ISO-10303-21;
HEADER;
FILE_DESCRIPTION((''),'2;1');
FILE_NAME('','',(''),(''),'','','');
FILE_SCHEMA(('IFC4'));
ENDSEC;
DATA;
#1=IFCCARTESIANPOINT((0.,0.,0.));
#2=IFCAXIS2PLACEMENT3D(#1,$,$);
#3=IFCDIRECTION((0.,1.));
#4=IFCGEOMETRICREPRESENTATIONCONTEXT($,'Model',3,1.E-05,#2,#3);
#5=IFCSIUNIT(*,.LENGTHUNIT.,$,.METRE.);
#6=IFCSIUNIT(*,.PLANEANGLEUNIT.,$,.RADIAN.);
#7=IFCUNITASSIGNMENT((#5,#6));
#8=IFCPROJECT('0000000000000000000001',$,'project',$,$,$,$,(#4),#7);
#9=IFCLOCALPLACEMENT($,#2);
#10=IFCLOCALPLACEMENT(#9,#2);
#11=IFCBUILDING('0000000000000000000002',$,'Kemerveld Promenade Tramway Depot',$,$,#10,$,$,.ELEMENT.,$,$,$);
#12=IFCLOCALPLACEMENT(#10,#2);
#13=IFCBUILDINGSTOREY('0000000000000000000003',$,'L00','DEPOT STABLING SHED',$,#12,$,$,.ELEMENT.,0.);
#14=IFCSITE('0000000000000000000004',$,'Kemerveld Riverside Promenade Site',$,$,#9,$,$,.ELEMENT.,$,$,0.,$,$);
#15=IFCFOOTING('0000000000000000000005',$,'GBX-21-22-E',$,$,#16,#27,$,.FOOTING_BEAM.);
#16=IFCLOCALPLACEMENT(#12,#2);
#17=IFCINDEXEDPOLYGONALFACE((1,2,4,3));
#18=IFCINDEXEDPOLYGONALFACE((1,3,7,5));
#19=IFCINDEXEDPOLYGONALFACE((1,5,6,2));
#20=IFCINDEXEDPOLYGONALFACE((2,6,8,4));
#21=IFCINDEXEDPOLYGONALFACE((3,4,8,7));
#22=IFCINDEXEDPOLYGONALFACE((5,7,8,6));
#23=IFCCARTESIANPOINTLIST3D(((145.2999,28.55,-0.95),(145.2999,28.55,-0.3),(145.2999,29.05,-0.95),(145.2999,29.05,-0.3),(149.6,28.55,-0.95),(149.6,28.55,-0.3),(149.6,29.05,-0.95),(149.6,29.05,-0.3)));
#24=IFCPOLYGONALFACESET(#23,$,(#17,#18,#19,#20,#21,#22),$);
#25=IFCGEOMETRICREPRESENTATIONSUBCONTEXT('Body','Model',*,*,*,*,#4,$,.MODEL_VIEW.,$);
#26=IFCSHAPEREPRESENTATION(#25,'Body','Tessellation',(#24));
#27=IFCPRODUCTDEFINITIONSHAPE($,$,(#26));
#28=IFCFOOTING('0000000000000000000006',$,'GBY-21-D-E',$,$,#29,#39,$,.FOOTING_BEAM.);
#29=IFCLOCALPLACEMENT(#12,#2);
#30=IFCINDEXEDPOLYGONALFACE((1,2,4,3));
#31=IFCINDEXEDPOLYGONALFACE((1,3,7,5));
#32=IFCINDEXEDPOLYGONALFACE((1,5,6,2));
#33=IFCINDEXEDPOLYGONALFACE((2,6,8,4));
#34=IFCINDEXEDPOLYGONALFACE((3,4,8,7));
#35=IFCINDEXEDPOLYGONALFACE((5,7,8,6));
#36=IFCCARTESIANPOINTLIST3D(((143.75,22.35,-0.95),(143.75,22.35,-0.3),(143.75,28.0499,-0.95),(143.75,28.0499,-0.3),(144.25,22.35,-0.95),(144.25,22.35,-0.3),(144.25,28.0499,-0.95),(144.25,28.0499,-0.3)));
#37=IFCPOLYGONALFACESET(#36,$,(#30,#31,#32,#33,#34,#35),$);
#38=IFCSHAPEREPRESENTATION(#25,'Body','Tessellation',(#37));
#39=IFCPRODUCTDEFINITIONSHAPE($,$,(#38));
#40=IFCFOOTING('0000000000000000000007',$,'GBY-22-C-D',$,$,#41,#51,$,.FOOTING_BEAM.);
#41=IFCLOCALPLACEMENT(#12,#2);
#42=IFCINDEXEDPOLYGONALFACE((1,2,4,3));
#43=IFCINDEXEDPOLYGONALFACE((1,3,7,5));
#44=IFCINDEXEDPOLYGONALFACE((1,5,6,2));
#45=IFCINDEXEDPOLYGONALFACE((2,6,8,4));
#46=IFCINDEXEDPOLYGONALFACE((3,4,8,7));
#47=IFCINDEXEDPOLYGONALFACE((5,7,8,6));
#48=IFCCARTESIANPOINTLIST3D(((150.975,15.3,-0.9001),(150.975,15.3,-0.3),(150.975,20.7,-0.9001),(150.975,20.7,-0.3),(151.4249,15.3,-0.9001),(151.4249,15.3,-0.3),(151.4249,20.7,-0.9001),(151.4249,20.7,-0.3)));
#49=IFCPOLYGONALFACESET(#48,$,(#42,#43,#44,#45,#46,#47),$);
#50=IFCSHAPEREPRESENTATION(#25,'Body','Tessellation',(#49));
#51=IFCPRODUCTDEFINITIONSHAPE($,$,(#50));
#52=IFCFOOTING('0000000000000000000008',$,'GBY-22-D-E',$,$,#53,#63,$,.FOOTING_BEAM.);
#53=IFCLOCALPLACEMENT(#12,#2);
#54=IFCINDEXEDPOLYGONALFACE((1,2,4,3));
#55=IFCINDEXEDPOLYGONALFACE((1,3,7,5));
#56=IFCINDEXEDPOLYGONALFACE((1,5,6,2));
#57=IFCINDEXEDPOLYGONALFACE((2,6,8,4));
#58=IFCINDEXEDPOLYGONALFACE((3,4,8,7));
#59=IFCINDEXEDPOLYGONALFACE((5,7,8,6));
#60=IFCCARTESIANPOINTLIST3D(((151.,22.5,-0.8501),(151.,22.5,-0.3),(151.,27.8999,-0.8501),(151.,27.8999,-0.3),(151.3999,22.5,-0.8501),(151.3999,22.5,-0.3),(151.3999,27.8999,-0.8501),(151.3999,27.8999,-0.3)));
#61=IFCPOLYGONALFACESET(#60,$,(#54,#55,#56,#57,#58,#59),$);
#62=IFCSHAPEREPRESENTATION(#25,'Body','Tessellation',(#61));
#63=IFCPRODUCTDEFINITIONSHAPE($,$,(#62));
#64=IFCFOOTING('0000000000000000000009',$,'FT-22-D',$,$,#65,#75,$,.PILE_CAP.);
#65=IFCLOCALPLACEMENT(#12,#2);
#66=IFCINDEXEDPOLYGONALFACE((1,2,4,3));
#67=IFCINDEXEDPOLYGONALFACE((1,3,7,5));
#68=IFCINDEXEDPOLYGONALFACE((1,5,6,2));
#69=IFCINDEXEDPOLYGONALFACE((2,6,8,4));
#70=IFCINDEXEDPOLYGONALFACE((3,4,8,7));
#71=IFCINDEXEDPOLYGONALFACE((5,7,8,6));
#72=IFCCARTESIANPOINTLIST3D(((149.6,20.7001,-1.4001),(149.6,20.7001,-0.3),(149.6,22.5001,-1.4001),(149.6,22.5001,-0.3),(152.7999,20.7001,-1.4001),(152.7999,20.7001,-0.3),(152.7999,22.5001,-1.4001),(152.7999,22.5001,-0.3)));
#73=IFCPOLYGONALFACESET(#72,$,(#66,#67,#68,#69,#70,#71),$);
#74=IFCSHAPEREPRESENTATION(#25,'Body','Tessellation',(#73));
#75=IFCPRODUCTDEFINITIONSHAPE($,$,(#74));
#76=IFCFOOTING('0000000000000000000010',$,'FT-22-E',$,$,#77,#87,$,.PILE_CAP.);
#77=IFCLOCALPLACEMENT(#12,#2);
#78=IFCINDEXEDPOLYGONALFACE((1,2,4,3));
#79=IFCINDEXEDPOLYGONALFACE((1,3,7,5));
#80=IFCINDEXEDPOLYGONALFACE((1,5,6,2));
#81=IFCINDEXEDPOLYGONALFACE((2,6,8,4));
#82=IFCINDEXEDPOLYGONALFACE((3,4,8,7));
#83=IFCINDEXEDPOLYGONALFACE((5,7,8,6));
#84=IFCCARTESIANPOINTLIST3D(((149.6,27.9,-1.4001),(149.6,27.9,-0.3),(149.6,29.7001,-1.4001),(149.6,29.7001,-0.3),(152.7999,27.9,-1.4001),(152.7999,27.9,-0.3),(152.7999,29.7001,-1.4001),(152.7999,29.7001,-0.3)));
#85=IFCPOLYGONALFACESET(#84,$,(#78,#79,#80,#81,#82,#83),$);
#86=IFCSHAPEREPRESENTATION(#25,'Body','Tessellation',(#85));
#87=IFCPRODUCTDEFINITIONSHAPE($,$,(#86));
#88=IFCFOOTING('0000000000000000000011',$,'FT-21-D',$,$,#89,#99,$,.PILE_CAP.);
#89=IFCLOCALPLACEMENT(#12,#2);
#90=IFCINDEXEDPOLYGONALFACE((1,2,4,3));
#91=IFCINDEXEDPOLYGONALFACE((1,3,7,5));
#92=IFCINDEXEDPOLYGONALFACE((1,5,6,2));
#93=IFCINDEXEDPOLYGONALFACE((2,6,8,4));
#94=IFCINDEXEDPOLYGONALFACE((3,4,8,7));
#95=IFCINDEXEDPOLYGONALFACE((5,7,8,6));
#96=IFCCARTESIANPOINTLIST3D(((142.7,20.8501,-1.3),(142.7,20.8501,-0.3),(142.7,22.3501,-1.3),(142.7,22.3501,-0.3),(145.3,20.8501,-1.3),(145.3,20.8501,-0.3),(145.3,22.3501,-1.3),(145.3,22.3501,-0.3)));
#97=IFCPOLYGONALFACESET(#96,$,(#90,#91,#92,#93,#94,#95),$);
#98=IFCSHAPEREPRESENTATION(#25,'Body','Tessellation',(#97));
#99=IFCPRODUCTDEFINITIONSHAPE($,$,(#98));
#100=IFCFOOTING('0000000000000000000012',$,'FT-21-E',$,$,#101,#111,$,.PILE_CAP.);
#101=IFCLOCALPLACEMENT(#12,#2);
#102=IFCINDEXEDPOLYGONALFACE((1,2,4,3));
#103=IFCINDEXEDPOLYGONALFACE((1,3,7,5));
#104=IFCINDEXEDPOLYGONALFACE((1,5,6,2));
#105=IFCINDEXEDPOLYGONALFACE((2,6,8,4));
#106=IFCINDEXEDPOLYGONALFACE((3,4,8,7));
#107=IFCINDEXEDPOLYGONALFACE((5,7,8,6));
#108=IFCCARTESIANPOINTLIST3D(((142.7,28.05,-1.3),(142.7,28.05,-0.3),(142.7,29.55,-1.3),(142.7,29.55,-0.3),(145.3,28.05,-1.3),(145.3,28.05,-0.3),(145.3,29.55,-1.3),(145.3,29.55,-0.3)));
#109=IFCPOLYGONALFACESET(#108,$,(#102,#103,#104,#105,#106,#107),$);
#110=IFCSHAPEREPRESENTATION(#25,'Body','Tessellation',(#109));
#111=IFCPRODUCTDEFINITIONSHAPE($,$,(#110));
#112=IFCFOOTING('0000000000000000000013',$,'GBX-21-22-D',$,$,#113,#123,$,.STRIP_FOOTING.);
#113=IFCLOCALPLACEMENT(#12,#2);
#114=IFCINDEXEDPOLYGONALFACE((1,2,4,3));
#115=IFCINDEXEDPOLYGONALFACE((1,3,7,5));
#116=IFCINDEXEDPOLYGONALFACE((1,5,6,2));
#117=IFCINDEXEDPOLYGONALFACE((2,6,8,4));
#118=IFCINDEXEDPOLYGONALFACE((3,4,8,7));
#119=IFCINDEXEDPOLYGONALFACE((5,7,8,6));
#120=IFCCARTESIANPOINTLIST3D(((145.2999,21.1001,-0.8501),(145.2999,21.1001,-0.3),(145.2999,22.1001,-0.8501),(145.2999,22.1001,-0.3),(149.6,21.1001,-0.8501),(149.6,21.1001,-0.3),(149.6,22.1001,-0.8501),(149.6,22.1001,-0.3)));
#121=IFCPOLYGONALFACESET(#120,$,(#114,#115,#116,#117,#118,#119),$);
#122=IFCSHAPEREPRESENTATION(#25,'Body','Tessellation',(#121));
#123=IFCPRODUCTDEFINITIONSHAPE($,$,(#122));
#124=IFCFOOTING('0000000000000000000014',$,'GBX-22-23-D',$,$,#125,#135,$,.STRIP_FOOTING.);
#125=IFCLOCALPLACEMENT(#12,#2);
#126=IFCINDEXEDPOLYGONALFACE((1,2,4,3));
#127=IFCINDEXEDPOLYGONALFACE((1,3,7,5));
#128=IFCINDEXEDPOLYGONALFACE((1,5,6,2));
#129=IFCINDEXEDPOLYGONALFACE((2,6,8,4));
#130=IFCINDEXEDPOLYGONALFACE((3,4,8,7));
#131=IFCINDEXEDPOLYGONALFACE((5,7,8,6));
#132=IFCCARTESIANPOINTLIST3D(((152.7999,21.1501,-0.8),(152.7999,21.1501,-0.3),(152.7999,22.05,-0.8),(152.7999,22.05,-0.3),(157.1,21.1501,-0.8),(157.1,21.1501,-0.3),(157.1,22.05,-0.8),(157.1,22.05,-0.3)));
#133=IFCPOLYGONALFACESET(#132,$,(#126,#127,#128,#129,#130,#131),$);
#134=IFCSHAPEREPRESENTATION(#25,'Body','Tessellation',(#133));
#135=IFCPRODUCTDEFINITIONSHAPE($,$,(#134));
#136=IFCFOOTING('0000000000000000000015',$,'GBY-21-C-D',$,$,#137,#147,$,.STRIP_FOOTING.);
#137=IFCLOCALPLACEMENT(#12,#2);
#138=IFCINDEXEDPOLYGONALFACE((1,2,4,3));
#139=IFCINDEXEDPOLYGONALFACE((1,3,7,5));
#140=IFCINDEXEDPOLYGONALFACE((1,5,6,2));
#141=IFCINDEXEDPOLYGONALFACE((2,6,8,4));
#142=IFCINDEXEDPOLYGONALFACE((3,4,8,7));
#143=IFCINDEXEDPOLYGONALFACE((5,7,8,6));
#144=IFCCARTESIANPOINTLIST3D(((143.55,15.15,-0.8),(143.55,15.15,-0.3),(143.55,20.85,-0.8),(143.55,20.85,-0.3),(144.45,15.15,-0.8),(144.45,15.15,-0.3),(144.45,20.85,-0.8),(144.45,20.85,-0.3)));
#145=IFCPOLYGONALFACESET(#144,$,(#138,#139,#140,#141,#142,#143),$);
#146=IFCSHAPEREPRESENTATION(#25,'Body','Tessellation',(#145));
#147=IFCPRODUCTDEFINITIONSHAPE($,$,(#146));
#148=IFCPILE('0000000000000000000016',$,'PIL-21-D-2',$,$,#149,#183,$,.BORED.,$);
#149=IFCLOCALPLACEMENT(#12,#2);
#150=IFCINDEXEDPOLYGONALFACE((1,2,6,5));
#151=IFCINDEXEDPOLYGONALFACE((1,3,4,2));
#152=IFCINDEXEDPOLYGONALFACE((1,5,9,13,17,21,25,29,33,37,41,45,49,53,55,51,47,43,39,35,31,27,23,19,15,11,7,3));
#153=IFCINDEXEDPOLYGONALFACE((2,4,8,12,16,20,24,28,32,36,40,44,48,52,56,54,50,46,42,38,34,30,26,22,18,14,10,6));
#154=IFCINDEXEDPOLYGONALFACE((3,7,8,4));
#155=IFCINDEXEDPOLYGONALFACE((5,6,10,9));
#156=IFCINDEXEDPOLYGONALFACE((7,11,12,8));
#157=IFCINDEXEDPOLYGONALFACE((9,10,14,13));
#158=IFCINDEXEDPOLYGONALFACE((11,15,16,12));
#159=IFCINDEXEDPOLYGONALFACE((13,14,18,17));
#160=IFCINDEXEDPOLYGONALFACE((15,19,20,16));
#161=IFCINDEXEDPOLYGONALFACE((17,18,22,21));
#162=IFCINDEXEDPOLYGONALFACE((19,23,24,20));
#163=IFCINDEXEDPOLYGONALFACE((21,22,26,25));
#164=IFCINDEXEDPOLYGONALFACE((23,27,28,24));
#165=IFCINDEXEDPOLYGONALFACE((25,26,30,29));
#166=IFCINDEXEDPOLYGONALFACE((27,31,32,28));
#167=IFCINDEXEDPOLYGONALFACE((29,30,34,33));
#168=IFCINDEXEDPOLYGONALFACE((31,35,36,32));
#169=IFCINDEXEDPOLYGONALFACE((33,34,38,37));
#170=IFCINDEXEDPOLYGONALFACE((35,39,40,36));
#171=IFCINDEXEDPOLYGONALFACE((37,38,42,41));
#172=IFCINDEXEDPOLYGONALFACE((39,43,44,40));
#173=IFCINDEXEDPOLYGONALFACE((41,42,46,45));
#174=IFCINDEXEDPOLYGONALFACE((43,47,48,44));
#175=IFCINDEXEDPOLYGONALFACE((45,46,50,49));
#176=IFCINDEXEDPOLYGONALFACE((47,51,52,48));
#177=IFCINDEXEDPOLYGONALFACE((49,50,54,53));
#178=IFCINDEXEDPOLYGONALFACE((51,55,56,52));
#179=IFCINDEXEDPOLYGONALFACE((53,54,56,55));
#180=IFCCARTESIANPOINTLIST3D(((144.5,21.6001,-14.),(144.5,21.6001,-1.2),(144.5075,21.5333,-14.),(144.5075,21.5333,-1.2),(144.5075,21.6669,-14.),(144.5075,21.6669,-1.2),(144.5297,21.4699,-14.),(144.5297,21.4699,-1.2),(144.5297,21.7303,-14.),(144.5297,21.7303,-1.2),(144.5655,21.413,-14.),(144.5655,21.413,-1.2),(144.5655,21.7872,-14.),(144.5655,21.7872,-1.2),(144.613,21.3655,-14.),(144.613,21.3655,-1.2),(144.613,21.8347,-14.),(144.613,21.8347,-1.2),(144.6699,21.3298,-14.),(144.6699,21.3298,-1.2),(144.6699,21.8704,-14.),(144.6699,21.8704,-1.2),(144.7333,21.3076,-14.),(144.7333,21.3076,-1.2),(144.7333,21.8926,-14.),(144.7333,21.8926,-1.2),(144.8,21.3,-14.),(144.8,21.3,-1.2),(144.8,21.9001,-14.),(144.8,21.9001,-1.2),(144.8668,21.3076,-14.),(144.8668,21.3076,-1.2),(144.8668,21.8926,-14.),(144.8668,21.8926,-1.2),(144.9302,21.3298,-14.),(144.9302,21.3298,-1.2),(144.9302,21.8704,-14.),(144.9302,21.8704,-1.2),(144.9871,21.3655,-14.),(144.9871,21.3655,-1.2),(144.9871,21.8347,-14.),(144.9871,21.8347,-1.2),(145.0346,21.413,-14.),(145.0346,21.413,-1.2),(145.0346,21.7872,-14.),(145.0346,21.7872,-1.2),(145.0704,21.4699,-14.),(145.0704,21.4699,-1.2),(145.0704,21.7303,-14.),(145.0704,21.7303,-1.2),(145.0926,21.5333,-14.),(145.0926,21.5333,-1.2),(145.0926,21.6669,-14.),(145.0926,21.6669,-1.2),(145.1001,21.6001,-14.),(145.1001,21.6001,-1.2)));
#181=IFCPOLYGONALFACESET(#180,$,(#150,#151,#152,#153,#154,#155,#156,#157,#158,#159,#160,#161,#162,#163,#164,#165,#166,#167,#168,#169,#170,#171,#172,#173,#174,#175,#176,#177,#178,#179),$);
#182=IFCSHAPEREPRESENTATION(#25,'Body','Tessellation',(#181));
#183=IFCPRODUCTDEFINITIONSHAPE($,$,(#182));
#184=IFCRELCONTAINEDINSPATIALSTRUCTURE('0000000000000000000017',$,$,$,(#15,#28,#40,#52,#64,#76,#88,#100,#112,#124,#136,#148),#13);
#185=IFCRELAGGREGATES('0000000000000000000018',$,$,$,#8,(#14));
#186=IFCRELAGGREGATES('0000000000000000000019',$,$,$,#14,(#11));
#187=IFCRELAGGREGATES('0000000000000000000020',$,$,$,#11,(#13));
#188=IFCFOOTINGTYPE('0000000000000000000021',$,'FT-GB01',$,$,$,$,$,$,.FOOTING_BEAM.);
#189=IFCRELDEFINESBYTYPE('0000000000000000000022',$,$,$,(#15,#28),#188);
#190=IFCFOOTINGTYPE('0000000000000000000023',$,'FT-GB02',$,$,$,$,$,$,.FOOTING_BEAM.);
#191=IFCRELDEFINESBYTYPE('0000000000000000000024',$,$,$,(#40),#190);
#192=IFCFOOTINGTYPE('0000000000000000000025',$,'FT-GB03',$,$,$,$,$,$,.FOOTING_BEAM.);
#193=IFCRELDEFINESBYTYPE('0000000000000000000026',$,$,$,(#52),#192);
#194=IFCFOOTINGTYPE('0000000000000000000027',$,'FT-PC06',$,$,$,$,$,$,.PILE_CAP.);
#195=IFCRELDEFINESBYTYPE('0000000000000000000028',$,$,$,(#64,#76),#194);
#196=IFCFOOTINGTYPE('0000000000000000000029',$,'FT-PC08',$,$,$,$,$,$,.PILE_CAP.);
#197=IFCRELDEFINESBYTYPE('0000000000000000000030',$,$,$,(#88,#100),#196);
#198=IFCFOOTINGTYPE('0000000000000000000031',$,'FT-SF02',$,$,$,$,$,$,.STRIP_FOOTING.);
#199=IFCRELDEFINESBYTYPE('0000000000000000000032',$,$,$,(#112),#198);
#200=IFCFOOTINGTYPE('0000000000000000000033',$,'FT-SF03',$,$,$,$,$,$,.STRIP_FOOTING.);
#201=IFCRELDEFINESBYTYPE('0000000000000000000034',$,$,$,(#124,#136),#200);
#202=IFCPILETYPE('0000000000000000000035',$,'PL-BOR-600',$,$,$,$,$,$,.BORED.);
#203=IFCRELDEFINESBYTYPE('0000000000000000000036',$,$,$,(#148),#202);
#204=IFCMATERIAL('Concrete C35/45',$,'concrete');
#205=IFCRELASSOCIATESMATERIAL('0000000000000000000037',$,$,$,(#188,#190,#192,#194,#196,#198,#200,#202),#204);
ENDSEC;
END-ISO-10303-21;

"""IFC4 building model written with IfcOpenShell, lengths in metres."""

from ifc_helpers import new_model, si_unit, direction, frame, origin, origin_2d, place, context, subcontext, project, spatial, rectangle, circle, extrude, material, material_profile, profile_set, type_object, element, save


model = new_model("IFC4")

# Units and contexts
model_context = context("Model", 3, precision=1e-05, world=origin(), true_north=direction((0.0, 1.0)))
body_context = subcontext(model_context, "Body", "Model", "MODEL_VIEW")
ifc_project = project(units=[si_unit("LENGTHUNIT", "METRE"), si_unit("PLANEANGLEUNIT", "RADIAN")], contexts=[model_context])

# Site, building, storey
site_placement = place(None, origin())
site = spatial("IfcSite", under=ifc_project, at=site_placement, Name="Kemerveld Riverside Promenade Site", CompositionType="ELEMENT", RefElevation=0.0)
building_placement = place(site_placement, origin())
building = spatial("IfcBuilding", under=site, at=building_placement, Name="Kemerveld Promenade Tramway Depot", CompositionType="ELEMENT")
storey_placement = place(building_placement, origin())
storey = spatial("IfcBuildingStorey", under=building, at=storey_placement, Name="L00", Description="DEPOT STABLING SHED", CompositionType="ELEMENT", Elevation=0.0)

# Footings
ifc_material_1 = material(Name="Concrete C35/45", Category="concrete")
footing_type_1 = type_object("IfcFootingType", Name="FT-GB01", PredefinedType="FOOTING_BEAM", material=ifc_material_1)
footing_1_placement = place(storey_placement, frame((147.45, 28.8, -0.95), z_axis=(0.0, 0.0, 1.0), x_axis=(1.0, 0.0, 0.0)))
element("IfcFooting", 1, at=footing_1_placement, inside=storey, type_object=footing_type_1, Name="GBX-21-22-E", PredefinedType="FOOTING_BEAM", context=body_context, shape_type="SweptSolid", body=[
    extrude(rectangle(XDim=4.3, YDim=0.5, at=origin_2d()), origin(), (0.0, 0.0, 1.0), 0.6499),
])
footing_2_placement = place(storey_placement, frame((144.0, 25.2, -0.95), z_axis=(0.0, 0.0, 1.0), x_axis=(0.0, 1.0, 0.0)))
element("IfcFooting", 2, at=footing_2_placement, inside=storey, type_object=footing_type_1, Name="GBY-21-D-E", PredefinedType="FOOTING_BEAM", context=body_context, shape_type="SweptSolid", body=[
    extrude(rectangle(XDim=5.7, YDim=0.5, at=origin_2d()), origin(), (0.0, 0.0, 1.0), 0.6499),
])
footing_type_2 = type_object("IfcFootingType", Name="FT-GB02", PredefinedType="FOOTING_BEAM", material=ifc_material_1)
footing_3_placement = place(storey_placement, frame((151.2, 18.0, -0.9001), z_axis=(0.0, 0.0, 1.0), x_axis=(0.0, 1.0, 0.0)))
element("IfcFooting", 3, at=footing_3_placement, inside=storey, type_object=footing_type_2, Name="GBY-22-C-D", PredefinedType="FOOTING_BEAM", context=body_context, shape_type="SweptSolid", body=[
    extrude(rectangle(XDim=5.3999, YDim=0.45, at=origin_2d()), origin(), (0.0, 0.0, 1.0), 0.6001),
])
footing_type_3 = type_object("IfcFootingType", Name="FT-GB03", PredefinedType="FOOTING_BEAM", material=ifc_material_1)
footing_4_placement = place(storey_placement, frame((151.2, 25.2, -0.8501), z_axis=(0.0, 0.0, 1.0), x_axis=(0.0, 1.0, 0.0)))
element("IfcFooting", 4, at=footing_4_placement, inside=storey, type_object=footing_type_3, Name="GBY-22-D-E", PredefinedType="FOOTING_BEAM", context=body_context, shape_type="SweptSolid", body=[
    extrude(rectangle(XDim=5.3999, YDim=0.3999, at=origin_2d()), origin(), (0.0, 0.0, 1.0), 0.55),
])
footing_type_4 = type_object("IfcFootingType", Name="FT-PC06", PredefinedType="PILE_CAP", material=ifc_material_1)
for number, where, z_axis, x_axis, name in (
    (5, (151.2, 21.6001, -1.4001), (0.0, 0.0, 1.0), (1.0, 0.0, 0.0), "FT-22-D"),
    (6, (151.2, 28.8, -1.4001), (0.0, 0.0, 1.0), (1.0, 0.0, 0.0), "FT-22-E"),
):
    element("IfcFooting", number, at=place(storey_placement, frame(where, z_axis=z_axis, x_axis=x_axis)), inside=storey, type_object=footing_type_4, Name=name, PredefinedType="PILE_CAP", context=body_context, shape_type="SweptSolid", body=[
        extrude(rectangle(XDim=3.2, YDim=1.8, at=origin_2d()), origin(), (0.0, 0.0, 1.0), 1.1001),
    ])
footing_type_5 = type_object("IfcFootingType", Name="FT-PC08", PredefinedType="PILE_CAP", material=ifc_material_1)
for number, where, z_axis, x_axis, name in (
    (7, (144.0, 21.6001, -1.3), (0.0, 0.0, 1.0), (1.0, 0.0, 0.0), "FT-21-D"),
    (8, (144.0, 28.8, -1.3), (0.0, 0.0, 1.0), (1.0, 0.0, 0.0), "FT-21-E"),
):
    element("IfcFooting", number, at=place(storey_placement, frame(where, z_axis=z_axis, x_axis=x_axis)), inside=storey, type_object=footing_type_5, Name=name, PredefinedType="PILE_CAP", context=body_context, shape_type="SweptSolid", body=[
        extrude(rectangle(XDim=2.6001, YDim=1.5, at=origin_2d()), origin(), (0.0, 0.0, 1.0), 1.0),
    ])
footing_type_6 = type_object("IfcFootingType", Name="FT-SF02", PredefinedType="STRIP_FOOTING", material=ifc_material_1)
footing_5_placement = place(storey_placement, frame((147.45, 21.6001, -0.8501), z_axis=(0.0, 0.0, 1.0), x_axis=(1.0, 0.0, 0.0)))
element("IfcFooting", 9, at=footing_5_placement, inside=storey, type_object=footing_type_6, Name="GBX-21-22-D", PredefinedType="STRIP_FOOTING", context=body_context, shape_type="SweptSolid", body=[
    extrude(rectangle(XDim=4.3, YDim=1.0, at=origin_2d()), origin(), (0.0, 0.0, 1.0), 0.55),
])
footing_type_7 = type_object("IfcFootingType", Name="FT-SF03", PredefinedType="STRIP_FOOTING", material=ifc_material_1)
footing_6_placement = place(storey_placement, frame((154.95, 21.6001, -0.8), z_axis=(0.0, 0.0, 1.0), x_axis=(1.0, 0.0, 0.0)))
element("IfcFooting", 10, at=footing_6_placement, inside=storey, type_object=footing_type_7, Name="GBX-22-23-D", PredefinedType="STRIP_FOOTING", context=body_context, shape_type="SweptSolid", body=[
    extrude(rectangle(XDim=4.3, YDim=0.8999, at=origin_2d()), origin(), (0.0, 0.0, 1.0), 0.5),
])
footing_7_placement = place(storey_placement, frame((144.0, 18.0, -0.8), z_axis=(0.0, 0.0, 1.0), x_axis=(0.0, 1.0, 0.0)))
element("IfcFooting", 11, at=footing_7_placement, inside=storey, type_object=footing_type_7, Name="GBY-21-C-D", PredefinedType="STRIP_FOOTING", context=body_context, shape_type="SweptSolid", body=[
    extrude(rectangle(XDim=5.7, YDim=0.8999, at=origin_2d()), origin(), (0.0, 0.0, 1.0), 0.5),
])

# Pile
ifc_material_profile_1 = material_profile(ifc_material_1, circle(Radius=0.3, at=origin_2d()), Name="PILE-D600")
ifc_profile_set_1 = profile_set([ifc_material_profile_1], Name="Concrete C35/45")
pile_type_1 = type_object("IfcPileType", Name="PL-BOR-600", PredefinedType="BORED", material=ifc_profile_set_1)
for number, where, z_axis, x_axis, name in (
    (12, (144.8, 21.6001, -1.2), (0.0, 0.0, -1.0), (1.0, 0.0, 0.0), "PIL-21-D-2"),
):
    element("IfcPile", number, at=place(storey_placement, frame(where, z_axis=z_axis, x_axis=x_axis)), inside=storey, type_object=pile_type_1, Name=name, PredefinedType="BORED", context=body_context, shape_type="SweptSolid", body=[
        extrude(circle(Radius=0.3, at=origin_2d()), origin(), (0.0, 0.0, 1.0), 12.8),
    ])

save(model, "model.ifc")
